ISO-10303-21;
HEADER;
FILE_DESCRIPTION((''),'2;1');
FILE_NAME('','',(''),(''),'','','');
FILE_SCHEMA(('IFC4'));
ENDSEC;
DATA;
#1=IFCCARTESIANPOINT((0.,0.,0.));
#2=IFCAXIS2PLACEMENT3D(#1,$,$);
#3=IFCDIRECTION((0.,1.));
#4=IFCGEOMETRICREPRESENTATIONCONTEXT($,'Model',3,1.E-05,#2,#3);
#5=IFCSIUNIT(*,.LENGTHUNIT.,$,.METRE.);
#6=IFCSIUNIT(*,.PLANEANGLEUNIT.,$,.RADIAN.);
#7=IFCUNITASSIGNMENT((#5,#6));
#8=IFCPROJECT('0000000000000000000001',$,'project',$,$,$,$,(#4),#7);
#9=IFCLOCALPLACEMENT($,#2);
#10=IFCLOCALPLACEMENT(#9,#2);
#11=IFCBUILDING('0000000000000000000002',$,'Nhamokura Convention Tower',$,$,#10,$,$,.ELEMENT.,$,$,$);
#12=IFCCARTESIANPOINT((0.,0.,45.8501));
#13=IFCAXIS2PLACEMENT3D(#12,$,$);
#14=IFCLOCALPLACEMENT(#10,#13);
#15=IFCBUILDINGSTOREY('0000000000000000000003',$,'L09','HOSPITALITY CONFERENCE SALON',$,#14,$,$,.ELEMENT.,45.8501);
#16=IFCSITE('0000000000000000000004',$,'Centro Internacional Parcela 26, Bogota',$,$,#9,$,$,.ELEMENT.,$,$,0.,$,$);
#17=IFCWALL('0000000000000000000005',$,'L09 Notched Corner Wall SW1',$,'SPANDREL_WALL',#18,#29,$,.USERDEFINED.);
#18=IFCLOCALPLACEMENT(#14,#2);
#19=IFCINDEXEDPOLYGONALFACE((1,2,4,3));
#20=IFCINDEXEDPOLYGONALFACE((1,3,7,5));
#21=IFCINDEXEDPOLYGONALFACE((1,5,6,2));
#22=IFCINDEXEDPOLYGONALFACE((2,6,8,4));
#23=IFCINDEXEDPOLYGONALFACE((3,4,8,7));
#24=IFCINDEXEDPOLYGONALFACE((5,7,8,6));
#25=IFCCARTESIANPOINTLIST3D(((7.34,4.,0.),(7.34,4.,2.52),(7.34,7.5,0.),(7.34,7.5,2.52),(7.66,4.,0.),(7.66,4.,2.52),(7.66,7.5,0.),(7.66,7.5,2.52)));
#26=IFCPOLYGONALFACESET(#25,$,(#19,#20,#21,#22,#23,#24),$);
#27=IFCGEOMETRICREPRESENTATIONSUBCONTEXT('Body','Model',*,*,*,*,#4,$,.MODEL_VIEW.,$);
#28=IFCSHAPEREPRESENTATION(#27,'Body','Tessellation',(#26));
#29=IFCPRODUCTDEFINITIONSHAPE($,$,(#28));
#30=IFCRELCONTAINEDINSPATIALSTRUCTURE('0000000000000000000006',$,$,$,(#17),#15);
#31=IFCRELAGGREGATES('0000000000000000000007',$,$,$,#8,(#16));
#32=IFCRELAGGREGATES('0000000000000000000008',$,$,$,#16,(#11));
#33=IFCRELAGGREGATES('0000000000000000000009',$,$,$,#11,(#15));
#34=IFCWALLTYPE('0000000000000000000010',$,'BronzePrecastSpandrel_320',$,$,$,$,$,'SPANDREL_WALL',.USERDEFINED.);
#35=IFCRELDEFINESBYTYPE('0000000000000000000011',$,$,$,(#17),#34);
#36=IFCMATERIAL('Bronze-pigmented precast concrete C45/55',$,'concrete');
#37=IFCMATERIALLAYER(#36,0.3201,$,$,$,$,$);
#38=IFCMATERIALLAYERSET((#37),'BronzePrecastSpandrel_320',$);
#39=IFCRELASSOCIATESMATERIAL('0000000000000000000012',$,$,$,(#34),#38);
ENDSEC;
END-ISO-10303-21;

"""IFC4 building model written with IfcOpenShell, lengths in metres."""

from ifc_helpers import new_model, si_unit, direction, frame, frame_2d, origin, place, context, subcontext, project, spatial, rectangle, extrude, material, layer, layer_set, type_object, element, save


model = new_model("IFC4")

# Units and contexts
model_context = context("Model", 3, precision=1e-05, world=origin(), true_north=direction((0.0, 1.0)))
body_context = subcontext(model_context, "Body", "Model", "MODEL_VIEW")
ifc_project = project(units=[si_unit("LENGTHUNIT", "METRE"), si_unit("PLANEANGLEUNIT", "RADIAN")], contexts=[model_context])

# Site, building, storey
site_placement = place(None, origin())
site = spatial("IfcSite", under=ifc_project, at=site_placement, Name="Centro Internacional Parcela 26, Bogota", CompositionType="ELEMENT", RefElevation=0.0)
building_placement = place(site_placement, origin())
building = spatial("IfcBuilding", under=site, at=building_placement, Name="Nhamokura Convention Tower", CompositionType="ELEMENT")
storey_placement = place(building_placement, frame((0.0, 0.0, 45.8501)))
storey = spatial("IfcBuildingStorey", under=building, at=storey_placement, Name="L09", Description="HOSPITALITY CONFERENCE SALON", CompositionType="ELEMENT", Elevation=45.8501)

# Shared definitions
ifc_material_1 = material(Name="Bronze-pigmented precast concrete C45/55", Category="concrete")
ifc_layer_1 = layer(ifc_material_1, 0.3201)
ifc_layer_set_1 = layer_set([ifc_layer_1], Name="BronzePrecastSpandrel_320")
wall_type = type_object("IfcWallType", Name="BronzePrecastSpandrel_320", ElementType="SPANDREL_WALL", PredefinedType="USERDEFINED", material=ifc_layer_set_1)

# Wall
wall_1_placement = place(storey_placement, frame((7.5, 4.0, 0.0), z_axis=(0.0, 0.0, 1.0), x_axis=(0.0, 1.0, 0.0)))
element("IfcWall", 1, at=wall_1_placement, inside=storey, type_object=wall_type, Name="L09 Notched Corner Wall SW1", ObjectType="SPANDREL_WALL", PredefinedType="USERDEFINED", context=body_context, shape_type="SweptSolid", body=[
    extrude(rectangle(XDim=3.5, YDim=0.3201, at=frame_2d((1.75, 0.0))), origin(), (0.0, 0.0, 1.0), 2.52),
])

save(model, "model.ifc")
